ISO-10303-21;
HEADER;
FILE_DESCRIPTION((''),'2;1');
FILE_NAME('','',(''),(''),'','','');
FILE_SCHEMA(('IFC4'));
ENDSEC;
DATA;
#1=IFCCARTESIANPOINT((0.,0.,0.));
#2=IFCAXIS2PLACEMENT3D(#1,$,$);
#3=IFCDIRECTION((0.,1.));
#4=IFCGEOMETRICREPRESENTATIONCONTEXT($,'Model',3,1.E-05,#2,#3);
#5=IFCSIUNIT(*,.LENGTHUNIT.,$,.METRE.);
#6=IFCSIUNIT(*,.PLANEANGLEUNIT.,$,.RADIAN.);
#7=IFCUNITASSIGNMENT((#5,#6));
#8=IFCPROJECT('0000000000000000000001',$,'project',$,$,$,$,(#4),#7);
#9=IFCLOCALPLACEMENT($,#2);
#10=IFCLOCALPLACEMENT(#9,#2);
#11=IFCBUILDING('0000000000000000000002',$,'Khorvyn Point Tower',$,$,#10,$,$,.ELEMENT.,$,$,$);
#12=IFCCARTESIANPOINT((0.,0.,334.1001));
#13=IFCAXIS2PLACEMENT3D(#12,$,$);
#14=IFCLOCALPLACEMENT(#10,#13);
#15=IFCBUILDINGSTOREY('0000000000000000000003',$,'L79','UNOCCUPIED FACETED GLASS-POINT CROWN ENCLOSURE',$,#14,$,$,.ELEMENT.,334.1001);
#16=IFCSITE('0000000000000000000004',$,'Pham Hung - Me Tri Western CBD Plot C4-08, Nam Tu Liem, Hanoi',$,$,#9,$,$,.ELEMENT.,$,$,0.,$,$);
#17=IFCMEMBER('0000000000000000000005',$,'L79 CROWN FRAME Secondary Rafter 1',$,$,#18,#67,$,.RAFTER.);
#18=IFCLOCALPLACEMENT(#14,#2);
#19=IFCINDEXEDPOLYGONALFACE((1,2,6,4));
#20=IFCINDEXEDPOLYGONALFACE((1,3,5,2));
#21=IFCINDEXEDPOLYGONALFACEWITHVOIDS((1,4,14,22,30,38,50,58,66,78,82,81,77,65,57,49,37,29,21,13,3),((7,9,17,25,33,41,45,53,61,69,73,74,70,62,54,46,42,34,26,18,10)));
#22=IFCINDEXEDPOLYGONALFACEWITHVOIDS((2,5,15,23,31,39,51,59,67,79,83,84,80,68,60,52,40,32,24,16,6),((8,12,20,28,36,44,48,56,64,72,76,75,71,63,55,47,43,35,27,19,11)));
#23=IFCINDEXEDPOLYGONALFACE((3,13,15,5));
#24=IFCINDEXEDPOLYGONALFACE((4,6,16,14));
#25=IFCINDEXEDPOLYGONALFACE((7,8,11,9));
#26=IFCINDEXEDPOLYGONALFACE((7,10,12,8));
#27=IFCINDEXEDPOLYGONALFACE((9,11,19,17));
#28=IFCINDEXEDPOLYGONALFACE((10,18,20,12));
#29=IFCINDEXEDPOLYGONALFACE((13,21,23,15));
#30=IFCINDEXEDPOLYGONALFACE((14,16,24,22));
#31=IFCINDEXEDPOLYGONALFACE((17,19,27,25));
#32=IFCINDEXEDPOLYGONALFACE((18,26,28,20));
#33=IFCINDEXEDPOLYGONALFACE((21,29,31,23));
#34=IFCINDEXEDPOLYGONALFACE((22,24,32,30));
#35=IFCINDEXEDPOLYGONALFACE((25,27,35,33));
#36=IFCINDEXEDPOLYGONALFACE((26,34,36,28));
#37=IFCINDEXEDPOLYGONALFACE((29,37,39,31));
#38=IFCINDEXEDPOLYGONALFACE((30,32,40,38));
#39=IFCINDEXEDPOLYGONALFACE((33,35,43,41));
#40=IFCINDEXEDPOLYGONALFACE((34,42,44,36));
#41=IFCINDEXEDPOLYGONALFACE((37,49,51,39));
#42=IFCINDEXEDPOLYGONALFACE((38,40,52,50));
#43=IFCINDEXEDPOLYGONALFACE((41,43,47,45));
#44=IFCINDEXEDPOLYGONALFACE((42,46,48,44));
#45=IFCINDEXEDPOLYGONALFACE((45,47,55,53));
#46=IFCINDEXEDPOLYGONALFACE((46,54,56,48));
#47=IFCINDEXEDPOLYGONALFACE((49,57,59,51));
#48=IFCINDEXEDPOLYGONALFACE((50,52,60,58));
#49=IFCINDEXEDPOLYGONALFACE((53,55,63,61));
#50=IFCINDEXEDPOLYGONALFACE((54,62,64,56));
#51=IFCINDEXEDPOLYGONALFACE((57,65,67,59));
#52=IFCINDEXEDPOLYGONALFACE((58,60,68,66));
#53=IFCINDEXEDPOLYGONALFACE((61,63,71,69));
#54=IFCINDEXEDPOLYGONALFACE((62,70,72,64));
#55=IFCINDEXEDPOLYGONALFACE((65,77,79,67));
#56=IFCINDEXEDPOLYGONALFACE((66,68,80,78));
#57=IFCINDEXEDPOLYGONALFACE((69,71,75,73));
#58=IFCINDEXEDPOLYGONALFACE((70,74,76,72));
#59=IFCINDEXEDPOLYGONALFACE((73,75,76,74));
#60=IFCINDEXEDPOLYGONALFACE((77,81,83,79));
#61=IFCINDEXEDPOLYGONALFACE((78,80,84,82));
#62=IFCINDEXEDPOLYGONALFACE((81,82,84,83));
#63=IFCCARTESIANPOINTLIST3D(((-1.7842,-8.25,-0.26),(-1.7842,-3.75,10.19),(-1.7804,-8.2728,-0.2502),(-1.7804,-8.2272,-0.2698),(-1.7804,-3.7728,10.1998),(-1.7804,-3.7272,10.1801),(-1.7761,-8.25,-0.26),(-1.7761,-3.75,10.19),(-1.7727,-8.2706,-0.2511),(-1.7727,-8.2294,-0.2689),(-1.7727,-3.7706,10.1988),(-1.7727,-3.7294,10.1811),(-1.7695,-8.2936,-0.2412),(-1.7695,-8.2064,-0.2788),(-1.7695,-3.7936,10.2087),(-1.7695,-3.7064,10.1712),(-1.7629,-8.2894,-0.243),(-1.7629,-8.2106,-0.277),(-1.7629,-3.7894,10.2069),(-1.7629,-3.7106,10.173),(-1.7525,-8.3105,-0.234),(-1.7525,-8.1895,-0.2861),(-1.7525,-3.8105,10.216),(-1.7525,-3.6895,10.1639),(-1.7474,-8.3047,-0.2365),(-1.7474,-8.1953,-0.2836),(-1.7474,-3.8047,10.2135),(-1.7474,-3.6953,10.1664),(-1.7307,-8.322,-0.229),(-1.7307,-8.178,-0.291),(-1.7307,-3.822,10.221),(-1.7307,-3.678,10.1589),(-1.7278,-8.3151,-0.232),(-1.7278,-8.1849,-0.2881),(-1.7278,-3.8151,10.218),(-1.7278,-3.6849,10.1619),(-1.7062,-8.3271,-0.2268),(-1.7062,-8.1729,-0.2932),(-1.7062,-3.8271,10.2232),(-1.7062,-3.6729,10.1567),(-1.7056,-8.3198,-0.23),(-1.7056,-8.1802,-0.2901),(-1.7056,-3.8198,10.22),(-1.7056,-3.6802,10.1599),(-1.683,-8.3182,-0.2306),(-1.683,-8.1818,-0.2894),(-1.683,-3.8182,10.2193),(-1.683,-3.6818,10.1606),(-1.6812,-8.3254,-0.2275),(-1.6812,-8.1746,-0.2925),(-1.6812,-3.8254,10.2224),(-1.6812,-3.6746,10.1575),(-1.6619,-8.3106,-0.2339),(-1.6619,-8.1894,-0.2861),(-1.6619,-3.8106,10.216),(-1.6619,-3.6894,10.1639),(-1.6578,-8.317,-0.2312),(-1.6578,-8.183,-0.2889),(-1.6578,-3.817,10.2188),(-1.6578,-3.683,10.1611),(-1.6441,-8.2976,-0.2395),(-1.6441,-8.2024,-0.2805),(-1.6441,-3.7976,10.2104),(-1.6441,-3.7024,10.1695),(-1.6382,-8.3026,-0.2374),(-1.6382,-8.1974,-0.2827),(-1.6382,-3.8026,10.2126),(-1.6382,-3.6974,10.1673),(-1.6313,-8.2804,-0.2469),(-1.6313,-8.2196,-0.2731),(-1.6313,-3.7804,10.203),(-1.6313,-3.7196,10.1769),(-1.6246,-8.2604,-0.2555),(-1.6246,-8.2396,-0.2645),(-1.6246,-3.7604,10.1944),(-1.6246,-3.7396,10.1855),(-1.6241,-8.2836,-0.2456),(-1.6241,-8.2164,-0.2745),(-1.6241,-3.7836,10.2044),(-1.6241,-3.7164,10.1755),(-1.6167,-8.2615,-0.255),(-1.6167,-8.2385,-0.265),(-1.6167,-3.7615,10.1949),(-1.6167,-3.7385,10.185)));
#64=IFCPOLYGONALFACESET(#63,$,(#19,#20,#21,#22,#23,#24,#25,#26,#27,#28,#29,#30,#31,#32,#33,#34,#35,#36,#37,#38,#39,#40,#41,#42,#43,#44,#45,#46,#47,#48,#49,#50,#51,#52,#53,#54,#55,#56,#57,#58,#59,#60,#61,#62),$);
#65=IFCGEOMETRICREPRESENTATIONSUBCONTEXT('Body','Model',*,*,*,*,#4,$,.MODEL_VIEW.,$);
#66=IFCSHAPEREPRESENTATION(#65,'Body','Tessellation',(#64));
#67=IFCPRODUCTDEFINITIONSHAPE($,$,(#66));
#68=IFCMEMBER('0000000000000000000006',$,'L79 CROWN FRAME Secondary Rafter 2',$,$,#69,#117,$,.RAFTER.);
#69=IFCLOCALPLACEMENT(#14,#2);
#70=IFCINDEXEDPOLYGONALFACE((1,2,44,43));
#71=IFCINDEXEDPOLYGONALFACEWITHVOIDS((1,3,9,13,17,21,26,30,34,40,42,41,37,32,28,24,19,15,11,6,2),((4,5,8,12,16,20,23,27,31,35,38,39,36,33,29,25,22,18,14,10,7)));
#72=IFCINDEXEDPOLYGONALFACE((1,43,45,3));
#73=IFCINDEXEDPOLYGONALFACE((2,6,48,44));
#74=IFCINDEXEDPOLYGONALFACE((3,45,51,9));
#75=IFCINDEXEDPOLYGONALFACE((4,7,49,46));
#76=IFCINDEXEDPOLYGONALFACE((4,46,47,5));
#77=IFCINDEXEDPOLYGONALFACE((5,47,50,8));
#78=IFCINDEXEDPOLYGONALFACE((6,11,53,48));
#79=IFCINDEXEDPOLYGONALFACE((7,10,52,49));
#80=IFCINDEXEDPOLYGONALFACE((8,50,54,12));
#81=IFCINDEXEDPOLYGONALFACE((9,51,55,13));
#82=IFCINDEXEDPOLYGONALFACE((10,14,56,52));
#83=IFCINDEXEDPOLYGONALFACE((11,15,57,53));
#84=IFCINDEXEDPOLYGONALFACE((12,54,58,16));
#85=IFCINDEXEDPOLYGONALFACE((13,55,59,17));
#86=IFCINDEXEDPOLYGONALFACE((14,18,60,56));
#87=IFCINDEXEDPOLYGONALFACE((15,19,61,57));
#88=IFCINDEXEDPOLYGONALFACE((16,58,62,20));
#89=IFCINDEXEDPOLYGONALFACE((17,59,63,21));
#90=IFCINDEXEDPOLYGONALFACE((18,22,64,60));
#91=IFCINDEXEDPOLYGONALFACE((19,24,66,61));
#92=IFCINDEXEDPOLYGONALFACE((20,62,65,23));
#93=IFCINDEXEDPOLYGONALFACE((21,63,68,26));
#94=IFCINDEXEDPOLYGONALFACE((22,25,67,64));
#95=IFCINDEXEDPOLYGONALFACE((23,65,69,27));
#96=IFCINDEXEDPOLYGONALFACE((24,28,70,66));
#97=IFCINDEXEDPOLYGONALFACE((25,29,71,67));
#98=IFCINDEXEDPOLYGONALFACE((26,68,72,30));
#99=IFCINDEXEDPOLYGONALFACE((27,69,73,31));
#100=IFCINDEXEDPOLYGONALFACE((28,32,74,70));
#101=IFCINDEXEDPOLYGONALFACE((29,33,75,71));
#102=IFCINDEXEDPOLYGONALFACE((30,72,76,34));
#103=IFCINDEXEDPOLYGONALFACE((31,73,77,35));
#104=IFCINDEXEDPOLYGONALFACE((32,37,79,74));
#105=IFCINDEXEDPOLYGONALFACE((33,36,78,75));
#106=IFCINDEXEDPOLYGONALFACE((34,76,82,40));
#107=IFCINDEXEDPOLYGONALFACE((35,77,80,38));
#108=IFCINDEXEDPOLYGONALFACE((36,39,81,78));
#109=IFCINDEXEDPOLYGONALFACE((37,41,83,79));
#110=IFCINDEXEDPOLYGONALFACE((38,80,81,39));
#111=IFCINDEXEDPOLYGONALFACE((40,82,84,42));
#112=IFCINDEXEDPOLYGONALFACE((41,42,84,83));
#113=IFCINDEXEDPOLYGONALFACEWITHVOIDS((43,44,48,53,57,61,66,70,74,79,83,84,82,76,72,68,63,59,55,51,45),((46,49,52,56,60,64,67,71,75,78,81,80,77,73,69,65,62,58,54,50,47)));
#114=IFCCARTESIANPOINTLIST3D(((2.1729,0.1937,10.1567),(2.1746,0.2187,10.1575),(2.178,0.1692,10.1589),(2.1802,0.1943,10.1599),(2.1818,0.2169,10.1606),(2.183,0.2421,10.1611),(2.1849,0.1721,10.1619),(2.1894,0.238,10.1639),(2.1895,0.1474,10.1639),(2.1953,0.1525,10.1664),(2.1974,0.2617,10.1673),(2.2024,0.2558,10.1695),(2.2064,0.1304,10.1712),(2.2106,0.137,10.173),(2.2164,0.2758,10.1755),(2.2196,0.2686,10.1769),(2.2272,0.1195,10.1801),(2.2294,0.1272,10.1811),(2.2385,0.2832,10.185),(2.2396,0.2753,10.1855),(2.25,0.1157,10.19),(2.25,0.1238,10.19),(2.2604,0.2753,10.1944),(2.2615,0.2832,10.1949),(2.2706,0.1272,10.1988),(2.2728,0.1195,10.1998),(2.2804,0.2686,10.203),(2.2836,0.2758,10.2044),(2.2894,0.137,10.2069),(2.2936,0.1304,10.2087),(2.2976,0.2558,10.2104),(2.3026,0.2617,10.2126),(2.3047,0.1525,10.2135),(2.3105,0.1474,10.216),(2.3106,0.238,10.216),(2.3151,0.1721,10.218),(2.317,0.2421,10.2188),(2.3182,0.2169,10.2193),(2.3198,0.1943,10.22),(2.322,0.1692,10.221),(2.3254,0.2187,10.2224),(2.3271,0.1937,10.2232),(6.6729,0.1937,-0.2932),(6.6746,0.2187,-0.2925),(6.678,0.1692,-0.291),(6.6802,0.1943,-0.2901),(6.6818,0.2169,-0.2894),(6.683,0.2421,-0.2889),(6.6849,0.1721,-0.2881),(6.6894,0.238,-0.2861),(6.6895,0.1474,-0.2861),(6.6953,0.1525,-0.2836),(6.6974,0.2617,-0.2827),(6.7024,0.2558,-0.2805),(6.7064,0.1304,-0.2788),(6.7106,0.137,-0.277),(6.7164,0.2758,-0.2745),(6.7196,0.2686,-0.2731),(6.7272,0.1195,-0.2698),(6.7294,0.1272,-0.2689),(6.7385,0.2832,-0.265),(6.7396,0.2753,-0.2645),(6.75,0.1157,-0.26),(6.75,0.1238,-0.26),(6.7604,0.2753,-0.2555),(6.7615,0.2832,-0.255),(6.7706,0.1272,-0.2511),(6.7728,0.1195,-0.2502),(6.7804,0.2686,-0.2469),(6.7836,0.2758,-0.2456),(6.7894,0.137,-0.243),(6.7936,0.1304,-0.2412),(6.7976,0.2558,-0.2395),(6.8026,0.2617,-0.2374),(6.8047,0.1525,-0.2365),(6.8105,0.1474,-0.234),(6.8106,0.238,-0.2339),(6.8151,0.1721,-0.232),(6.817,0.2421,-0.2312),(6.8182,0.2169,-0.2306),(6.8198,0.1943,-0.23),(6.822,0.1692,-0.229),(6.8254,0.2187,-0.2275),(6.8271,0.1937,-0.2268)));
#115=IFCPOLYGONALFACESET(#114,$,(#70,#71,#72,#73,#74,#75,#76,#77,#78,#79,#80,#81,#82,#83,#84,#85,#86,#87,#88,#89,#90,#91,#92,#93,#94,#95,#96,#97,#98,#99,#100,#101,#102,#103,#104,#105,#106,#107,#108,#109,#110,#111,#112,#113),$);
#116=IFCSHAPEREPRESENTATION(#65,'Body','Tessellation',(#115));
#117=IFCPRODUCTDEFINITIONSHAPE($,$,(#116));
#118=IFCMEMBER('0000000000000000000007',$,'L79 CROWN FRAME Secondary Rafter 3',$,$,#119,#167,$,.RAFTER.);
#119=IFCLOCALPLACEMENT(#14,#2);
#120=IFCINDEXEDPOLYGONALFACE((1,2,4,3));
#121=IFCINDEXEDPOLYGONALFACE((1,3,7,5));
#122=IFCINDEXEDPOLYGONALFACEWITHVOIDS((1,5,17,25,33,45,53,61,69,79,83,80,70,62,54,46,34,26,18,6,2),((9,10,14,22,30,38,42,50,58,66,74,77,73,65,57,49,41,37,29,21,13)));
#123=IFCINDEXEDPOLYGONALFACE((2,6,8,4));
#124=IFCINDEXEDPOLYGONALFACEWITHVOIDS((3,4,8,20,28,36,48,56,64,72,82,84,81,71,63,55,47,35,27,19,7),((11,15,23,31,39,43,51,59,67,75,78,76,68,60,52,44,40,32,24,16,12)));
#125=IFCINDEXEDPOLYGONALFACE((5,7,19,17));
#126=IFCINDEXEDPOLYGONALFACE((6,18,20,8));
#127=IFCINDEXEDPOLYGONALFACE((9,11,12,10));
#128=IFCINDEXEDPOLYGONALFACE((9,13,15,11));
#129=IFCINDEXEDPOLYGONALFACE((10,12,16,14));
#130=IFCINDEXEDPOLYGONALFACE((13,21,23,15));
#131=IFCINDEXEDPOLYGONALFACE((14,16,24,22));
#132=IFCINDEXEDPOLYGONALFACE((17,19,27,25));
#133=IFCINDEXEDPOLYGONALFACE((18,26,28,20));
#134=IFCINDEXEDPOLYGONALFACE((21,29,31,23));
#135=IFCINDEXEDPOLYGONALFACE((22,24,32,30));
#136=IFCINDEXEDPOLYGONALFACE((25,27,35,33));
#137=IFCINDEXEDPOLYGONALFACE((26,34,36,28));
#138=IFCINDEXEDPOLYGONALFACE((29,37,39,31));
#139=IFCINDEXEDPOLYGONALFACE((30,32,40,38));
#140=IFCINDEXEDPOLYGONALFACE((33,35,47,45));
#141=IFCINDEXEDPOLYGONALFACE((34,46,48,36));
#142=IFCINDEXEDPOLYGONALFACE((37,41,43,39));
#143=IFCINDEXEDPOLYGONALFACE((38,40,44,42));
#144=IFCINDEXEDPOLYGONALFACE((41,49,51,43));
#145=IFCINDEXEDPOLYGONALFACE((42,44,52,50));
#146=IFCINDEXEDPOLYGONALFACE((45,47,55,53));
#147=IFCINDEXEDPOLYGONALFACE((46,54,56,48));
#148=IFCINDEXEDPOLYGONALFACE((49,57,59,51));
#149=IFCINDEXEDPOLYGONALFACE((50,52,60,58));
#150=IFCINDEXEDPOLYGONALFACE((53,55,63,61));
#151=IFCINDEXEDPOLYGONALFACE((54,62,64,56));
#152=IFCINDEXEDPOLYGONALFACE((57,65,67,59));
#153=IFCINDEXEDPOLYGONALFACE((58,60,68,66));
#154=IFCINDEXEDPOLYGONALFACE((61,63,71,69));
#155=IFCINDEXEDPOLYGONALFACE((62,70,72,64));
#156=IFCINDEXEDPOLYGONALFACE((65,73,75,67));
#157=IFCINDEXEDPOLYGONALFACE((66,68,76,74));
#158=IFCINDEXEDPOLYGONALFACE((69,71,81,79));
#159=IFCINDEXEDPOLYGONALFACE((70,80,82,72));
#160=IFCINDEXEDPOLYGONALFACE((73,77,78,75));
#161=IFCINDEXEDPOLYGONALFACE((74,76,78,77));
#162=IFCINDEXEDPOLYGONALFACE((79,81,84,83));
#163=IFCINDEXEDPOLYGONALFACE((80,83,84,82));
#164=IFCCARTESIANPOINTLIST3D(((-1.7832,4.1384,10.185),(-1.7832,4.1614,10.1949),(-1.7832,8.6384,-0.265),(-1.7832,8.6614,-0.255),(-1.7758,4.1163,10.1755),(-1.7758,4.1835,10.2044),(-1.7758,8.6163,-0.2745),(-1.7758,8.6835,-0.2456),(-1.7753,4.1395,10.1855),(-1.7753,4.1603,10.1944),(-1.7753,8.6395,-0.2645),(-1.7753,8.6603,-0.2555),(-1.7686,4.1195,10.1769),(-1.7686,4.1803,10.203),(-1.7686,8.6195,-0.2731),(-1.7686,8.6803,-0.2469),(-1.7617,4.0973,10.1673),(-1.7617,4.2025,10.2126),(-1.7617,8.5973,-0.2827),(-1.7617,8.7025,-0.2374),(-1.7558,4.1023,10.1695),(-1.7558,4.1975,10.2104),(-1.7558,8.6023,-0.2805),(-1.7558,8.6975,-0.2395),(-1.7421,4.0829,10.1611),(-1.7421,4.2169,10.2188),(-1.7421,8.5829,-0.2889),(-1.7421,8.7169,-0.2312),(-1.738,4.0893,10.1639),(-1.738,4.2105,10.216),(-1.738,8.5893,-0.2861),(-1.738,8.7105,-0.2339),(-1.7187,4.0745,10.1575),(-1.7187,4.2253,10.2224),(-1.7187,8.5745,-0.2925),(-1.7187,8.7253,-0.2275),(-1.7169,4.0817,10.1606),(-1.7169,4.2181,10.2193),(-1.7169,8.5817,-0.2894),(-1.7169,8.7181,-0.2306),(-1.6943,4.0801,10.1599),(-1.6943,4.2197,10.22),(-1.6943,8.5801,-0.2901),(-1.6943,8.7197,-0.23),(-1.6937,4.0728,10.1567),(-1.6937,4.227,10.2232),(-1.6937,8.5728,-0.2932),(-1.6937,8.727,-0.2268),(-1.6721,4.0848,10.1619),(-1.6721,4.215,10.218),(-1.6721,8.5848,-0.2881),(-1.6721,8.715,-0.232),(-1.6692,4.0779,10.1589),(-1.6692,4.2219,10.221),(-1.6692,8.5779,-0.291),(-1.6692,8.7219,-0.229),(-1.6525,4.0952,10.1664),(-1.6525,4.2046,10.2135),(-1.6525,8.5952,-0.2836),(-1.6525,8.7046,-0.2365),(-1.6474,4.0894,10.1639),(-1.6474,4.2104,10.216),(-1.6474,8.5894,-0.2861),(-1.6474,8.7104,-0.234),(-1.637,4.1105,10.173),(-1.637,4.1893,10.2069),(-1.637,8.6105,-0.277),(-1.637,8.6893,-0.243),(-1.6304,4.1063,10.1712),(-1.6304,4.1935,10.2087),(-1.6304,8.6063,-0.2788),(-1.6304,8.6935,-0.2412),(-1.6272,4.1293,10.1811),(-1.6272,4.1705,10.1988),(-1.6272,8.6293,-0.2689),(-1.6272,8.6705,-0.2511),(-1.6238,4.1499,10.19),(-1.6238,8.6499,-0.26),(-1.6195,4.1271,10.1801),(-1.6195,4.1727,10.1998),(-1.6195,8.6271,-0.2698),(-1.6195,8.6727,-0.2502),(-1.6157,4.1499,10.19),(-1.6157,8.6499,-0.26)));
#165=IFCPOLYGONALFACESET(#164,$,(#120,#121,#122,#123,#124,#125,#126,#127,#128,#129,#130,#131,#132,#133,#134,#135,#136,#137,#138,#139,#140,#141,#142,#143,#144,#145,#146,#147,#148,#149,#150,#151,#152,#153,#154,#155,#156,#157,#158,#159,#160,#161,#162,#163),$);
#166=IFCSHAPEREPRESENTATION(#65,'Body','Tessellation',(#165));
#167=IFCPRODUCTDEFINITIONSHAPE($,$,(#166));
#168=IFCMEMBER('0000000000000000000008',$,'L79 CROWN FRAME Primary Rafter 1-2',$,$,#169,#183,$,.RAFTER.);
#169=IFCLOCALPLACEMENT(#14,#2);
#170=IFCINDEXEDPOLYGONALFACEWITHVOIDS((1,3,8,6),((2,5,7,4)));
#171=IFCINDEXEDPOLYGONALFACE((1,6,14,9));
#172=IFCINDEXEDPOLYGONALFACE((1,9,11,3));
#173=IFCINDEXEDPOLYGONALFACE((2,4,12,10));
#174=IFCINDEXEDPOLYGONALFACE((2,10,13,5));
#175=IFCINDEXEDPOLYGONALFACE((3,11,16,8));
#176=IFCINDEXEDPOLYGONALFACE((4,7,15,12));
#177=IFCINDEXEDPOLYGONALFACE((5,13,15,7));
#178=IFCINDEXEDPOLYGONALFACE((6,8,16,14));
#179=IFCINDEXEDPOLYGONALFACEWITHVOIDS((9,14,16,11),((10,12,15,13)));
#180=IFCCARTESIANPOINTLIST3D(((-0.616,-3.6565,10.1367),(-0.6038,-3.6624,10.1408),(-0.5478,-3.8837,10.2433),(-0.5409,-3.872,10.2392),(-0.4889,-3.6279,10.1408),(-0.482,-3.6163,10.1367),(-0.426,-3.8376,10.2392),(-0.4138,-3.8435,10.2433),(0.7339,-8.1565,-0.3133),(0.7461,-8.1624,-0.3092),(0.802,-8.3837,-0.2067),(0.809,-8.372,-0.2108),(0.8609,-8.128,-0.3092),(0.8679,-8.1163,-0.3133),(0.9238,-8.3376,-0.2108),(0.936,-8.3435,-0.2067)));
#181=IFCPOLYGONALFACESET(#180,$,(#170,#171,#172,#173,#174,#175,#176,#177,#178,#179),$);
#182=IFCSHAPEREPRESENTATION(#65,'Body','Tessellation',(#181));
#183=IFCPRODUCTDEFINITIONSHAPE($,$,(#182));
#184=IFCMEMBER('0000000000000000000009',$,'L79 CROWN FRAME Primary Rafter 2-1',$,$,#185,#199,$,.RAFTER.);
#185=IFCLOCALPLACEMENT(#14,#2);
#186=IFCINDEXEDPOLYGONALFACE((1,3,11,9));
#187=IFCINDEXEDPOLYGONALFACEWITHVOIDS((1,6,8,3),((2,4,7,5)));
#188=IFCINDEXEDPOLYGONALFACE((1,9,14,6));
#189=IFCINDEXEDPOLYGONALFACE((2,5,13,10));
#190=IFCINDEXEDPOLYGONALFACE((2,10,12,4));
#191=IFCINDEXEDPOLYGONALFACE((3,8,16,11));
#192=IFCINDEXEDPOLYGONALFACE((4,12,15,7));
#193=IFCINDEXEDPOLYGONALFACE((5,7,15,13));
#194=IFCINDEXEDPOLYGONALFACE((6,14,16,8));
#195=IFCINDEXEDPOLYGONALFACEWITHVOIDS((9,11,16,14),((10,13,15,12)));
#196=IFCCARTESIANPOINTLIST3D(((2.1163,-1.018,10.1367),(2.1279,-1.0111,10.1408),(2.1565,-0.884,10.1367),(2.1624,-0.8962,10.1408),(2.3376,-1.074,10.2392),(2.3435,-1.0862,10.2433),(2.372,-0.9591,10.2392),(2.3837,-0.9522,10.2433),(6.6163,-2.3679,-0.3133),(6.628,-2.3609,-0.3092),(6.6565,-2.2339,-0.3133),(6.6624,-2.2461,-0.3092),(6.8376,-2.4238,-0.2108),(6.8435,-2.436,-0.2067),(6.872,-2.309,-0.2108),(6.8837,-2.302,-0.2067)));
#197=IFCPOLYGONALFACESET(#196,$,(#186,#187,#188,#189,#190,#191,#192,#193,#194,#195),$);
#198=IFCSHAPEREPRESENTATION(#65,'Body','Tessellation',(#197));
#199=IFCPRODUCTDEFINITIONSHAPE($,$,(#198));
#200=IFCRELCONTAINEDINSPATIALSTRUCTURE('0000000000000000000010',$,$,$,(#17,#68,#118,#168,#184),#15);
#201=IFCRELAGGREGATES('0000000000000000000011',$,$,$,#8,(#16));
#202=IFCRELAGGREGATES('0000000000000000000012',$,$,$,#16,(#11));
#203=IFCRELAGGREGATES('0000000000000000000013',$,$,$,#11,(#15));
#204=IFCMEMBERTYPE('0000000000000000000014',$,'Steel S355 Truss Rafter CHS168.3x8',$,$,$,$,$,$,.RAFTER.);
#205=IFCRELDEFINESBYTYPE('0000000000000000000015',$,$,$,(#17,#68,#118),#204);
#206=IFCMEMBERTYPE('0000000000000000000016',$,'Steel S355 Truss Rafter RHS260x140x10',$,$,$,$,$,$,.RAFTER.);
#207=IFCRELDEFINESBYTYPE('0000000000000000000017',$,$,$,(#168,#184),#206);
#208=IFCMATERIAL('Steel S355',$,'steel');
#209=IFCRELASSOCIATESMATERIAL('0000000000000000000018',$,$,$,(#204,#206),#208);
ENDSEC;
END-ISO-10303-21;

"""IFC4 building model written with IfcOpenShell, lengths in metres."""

from ifc_helpers import new_model, si_unit, direction, frame, origin, origin_2d, place, context, subcontext, project, spatial, hollow_rectangle, hollow_circle, extrude, material, material_profile, profile_set, type_object, element, save


model = new_model("IFC4")

# Units and contexts
model_context = context("Model", 3, precision=1e-05, world=origin(), true_north=direction((0.0, 1.0)))
body_context = subcontext(model_context, "Body", "Model", "MODEL_VIEW")
ifc_project = project(units=[si_unit("LENGTHUNIT", "METRE"), si_unit("PLANEANGLEUNIT", "RADIAN")], contexts=[model_context])

# Site, building, storey
site_placement = place(None, origin())
site = spatial("IfcSite", under=ifc_project, at=site_placement, Name="Pham Hung - Me Tri Western CBD Plot C4-08, Nam Tu Liem, Hanoi", CompositionType="ELEMENT", RefElevation=0.0)
building_placement = place(site_placement, origin())
building = spatial("IfcBuilding", under=site, at=building_placement, Name="Khorvyn Point Tower", CompositionType="ELEMENT")
storey_placement = place(building_placement, frame((0.0, 0.0, 334.1001)))
storey = spatial("IfcBuildingStorey", under=building, at=storey_placement, Name="L79", Description="UNOCCUPIED FACETED GLASS-POINT CROWN ENCLOSURE", CompositionType="ELEMENT", Elevation=334.1001)

# Shared definitions
ifc_material_1 = material(Name="Steel S355", Category="steel")

# Members
ifc_material_profile_1 = material_profile(ifc_material_1, hollow_circle(Radius=0.0842, WallThickness=0.0081, at=origin_2d()))
ifc_profile_set_1 = profile_set([ifc_material_profile_1], Name="Steel S355 CHS168.3x8")
member_type_1 = type_object("IfcMemberType", Name="Steel S355 Truss Rafter CHS168.3x8", PredefinedType="RAFTER", material=ifc_profile_set_1)
for number, where, z_axis, x_axis, name in (
    (1, (-1.7, -8.25, -0.26), (0.0, 0.395511, 0.918461), (-1.0, 0.0, 0.0), "L79 CROWN FRAME Secondary Rafter 1"),
    (2, (6.75, 0.2, -0.26), (-0.395511, 0.0, 0.918461), (0.0, -1.0, 0.0), "L79 CROWN FRAME Secondary Rafter 2"),
    (3, (-1.7, 8.6499, -0.26), (0.0, -0.395511, 0.918461), (1.0, 0.0, 0.0), "L79 CROWN FRAME Secondary Rafter 3"),
):
    element("IfcMember", number, at=place(storey_placement, frame(where, z_axis=z_axis, x_axis=x_axis)), inside=storey, type_object=member_type_1, Name=name, PredefinedType="RAFTER", context=body_context, shape_type="SweptSolid", body=[
        extrude(hollow_circle(Radius=0.0842, WallThickness=0.0081, at=origin_2d()), origin(), (0.0, 0.0, 1.0), 11.3777),
    ])
ifc_material_profile_2 = material_profile(ifc_material_1, hollow_rectangle(XDim=0.1399, YDim=0.26, WallThickness=0.01, at=origin_2d()))
ifc_profile_set_2 = profile_set([ifc_material_profile_2], Name="Steel S355 RHS260x140x10")
member_type_2 = type_object("IfcMemberType", Name="Steel S355 Truss Rafter RHS260x140x10", PredefinedType="RAFTER", material=ifc_profile_set_2)
for number, where, z_axis, x_axis, name in (
    (4, (0.835, -8.25, -0.26), (-0.117814, 0.392757, 0.912065), (-0.957835, -0.287319, 0.0), "L79 CROWN FRAME Primary Rafter 1-2"),
    (5, (6.75, -2.335, -0.26), (-0.392757, 0.117814, 0.912065), (-0.287319, -0.957835, 0.0), "L79 CROWN FRAME Primary Rafter 2-1"),
):
    element("IfcMember", number, at=place(storey_placement, frame(where, z_axis=z_axis, x_axis=x_axis)), inside=storey, type_object=member_type_2, Name=name, PredefinedType="RAFTER", context=body_context, shape_type="SweptSolid", body=[
        extrude(hollow_rectangle(XDim=0.1399, YDim=0.26, WallThickness=0.01, at=origin_2d()), origin(), (0.0, 0.0, 1.0), 11.4575),
    ])

save(model, "model.ifc")
